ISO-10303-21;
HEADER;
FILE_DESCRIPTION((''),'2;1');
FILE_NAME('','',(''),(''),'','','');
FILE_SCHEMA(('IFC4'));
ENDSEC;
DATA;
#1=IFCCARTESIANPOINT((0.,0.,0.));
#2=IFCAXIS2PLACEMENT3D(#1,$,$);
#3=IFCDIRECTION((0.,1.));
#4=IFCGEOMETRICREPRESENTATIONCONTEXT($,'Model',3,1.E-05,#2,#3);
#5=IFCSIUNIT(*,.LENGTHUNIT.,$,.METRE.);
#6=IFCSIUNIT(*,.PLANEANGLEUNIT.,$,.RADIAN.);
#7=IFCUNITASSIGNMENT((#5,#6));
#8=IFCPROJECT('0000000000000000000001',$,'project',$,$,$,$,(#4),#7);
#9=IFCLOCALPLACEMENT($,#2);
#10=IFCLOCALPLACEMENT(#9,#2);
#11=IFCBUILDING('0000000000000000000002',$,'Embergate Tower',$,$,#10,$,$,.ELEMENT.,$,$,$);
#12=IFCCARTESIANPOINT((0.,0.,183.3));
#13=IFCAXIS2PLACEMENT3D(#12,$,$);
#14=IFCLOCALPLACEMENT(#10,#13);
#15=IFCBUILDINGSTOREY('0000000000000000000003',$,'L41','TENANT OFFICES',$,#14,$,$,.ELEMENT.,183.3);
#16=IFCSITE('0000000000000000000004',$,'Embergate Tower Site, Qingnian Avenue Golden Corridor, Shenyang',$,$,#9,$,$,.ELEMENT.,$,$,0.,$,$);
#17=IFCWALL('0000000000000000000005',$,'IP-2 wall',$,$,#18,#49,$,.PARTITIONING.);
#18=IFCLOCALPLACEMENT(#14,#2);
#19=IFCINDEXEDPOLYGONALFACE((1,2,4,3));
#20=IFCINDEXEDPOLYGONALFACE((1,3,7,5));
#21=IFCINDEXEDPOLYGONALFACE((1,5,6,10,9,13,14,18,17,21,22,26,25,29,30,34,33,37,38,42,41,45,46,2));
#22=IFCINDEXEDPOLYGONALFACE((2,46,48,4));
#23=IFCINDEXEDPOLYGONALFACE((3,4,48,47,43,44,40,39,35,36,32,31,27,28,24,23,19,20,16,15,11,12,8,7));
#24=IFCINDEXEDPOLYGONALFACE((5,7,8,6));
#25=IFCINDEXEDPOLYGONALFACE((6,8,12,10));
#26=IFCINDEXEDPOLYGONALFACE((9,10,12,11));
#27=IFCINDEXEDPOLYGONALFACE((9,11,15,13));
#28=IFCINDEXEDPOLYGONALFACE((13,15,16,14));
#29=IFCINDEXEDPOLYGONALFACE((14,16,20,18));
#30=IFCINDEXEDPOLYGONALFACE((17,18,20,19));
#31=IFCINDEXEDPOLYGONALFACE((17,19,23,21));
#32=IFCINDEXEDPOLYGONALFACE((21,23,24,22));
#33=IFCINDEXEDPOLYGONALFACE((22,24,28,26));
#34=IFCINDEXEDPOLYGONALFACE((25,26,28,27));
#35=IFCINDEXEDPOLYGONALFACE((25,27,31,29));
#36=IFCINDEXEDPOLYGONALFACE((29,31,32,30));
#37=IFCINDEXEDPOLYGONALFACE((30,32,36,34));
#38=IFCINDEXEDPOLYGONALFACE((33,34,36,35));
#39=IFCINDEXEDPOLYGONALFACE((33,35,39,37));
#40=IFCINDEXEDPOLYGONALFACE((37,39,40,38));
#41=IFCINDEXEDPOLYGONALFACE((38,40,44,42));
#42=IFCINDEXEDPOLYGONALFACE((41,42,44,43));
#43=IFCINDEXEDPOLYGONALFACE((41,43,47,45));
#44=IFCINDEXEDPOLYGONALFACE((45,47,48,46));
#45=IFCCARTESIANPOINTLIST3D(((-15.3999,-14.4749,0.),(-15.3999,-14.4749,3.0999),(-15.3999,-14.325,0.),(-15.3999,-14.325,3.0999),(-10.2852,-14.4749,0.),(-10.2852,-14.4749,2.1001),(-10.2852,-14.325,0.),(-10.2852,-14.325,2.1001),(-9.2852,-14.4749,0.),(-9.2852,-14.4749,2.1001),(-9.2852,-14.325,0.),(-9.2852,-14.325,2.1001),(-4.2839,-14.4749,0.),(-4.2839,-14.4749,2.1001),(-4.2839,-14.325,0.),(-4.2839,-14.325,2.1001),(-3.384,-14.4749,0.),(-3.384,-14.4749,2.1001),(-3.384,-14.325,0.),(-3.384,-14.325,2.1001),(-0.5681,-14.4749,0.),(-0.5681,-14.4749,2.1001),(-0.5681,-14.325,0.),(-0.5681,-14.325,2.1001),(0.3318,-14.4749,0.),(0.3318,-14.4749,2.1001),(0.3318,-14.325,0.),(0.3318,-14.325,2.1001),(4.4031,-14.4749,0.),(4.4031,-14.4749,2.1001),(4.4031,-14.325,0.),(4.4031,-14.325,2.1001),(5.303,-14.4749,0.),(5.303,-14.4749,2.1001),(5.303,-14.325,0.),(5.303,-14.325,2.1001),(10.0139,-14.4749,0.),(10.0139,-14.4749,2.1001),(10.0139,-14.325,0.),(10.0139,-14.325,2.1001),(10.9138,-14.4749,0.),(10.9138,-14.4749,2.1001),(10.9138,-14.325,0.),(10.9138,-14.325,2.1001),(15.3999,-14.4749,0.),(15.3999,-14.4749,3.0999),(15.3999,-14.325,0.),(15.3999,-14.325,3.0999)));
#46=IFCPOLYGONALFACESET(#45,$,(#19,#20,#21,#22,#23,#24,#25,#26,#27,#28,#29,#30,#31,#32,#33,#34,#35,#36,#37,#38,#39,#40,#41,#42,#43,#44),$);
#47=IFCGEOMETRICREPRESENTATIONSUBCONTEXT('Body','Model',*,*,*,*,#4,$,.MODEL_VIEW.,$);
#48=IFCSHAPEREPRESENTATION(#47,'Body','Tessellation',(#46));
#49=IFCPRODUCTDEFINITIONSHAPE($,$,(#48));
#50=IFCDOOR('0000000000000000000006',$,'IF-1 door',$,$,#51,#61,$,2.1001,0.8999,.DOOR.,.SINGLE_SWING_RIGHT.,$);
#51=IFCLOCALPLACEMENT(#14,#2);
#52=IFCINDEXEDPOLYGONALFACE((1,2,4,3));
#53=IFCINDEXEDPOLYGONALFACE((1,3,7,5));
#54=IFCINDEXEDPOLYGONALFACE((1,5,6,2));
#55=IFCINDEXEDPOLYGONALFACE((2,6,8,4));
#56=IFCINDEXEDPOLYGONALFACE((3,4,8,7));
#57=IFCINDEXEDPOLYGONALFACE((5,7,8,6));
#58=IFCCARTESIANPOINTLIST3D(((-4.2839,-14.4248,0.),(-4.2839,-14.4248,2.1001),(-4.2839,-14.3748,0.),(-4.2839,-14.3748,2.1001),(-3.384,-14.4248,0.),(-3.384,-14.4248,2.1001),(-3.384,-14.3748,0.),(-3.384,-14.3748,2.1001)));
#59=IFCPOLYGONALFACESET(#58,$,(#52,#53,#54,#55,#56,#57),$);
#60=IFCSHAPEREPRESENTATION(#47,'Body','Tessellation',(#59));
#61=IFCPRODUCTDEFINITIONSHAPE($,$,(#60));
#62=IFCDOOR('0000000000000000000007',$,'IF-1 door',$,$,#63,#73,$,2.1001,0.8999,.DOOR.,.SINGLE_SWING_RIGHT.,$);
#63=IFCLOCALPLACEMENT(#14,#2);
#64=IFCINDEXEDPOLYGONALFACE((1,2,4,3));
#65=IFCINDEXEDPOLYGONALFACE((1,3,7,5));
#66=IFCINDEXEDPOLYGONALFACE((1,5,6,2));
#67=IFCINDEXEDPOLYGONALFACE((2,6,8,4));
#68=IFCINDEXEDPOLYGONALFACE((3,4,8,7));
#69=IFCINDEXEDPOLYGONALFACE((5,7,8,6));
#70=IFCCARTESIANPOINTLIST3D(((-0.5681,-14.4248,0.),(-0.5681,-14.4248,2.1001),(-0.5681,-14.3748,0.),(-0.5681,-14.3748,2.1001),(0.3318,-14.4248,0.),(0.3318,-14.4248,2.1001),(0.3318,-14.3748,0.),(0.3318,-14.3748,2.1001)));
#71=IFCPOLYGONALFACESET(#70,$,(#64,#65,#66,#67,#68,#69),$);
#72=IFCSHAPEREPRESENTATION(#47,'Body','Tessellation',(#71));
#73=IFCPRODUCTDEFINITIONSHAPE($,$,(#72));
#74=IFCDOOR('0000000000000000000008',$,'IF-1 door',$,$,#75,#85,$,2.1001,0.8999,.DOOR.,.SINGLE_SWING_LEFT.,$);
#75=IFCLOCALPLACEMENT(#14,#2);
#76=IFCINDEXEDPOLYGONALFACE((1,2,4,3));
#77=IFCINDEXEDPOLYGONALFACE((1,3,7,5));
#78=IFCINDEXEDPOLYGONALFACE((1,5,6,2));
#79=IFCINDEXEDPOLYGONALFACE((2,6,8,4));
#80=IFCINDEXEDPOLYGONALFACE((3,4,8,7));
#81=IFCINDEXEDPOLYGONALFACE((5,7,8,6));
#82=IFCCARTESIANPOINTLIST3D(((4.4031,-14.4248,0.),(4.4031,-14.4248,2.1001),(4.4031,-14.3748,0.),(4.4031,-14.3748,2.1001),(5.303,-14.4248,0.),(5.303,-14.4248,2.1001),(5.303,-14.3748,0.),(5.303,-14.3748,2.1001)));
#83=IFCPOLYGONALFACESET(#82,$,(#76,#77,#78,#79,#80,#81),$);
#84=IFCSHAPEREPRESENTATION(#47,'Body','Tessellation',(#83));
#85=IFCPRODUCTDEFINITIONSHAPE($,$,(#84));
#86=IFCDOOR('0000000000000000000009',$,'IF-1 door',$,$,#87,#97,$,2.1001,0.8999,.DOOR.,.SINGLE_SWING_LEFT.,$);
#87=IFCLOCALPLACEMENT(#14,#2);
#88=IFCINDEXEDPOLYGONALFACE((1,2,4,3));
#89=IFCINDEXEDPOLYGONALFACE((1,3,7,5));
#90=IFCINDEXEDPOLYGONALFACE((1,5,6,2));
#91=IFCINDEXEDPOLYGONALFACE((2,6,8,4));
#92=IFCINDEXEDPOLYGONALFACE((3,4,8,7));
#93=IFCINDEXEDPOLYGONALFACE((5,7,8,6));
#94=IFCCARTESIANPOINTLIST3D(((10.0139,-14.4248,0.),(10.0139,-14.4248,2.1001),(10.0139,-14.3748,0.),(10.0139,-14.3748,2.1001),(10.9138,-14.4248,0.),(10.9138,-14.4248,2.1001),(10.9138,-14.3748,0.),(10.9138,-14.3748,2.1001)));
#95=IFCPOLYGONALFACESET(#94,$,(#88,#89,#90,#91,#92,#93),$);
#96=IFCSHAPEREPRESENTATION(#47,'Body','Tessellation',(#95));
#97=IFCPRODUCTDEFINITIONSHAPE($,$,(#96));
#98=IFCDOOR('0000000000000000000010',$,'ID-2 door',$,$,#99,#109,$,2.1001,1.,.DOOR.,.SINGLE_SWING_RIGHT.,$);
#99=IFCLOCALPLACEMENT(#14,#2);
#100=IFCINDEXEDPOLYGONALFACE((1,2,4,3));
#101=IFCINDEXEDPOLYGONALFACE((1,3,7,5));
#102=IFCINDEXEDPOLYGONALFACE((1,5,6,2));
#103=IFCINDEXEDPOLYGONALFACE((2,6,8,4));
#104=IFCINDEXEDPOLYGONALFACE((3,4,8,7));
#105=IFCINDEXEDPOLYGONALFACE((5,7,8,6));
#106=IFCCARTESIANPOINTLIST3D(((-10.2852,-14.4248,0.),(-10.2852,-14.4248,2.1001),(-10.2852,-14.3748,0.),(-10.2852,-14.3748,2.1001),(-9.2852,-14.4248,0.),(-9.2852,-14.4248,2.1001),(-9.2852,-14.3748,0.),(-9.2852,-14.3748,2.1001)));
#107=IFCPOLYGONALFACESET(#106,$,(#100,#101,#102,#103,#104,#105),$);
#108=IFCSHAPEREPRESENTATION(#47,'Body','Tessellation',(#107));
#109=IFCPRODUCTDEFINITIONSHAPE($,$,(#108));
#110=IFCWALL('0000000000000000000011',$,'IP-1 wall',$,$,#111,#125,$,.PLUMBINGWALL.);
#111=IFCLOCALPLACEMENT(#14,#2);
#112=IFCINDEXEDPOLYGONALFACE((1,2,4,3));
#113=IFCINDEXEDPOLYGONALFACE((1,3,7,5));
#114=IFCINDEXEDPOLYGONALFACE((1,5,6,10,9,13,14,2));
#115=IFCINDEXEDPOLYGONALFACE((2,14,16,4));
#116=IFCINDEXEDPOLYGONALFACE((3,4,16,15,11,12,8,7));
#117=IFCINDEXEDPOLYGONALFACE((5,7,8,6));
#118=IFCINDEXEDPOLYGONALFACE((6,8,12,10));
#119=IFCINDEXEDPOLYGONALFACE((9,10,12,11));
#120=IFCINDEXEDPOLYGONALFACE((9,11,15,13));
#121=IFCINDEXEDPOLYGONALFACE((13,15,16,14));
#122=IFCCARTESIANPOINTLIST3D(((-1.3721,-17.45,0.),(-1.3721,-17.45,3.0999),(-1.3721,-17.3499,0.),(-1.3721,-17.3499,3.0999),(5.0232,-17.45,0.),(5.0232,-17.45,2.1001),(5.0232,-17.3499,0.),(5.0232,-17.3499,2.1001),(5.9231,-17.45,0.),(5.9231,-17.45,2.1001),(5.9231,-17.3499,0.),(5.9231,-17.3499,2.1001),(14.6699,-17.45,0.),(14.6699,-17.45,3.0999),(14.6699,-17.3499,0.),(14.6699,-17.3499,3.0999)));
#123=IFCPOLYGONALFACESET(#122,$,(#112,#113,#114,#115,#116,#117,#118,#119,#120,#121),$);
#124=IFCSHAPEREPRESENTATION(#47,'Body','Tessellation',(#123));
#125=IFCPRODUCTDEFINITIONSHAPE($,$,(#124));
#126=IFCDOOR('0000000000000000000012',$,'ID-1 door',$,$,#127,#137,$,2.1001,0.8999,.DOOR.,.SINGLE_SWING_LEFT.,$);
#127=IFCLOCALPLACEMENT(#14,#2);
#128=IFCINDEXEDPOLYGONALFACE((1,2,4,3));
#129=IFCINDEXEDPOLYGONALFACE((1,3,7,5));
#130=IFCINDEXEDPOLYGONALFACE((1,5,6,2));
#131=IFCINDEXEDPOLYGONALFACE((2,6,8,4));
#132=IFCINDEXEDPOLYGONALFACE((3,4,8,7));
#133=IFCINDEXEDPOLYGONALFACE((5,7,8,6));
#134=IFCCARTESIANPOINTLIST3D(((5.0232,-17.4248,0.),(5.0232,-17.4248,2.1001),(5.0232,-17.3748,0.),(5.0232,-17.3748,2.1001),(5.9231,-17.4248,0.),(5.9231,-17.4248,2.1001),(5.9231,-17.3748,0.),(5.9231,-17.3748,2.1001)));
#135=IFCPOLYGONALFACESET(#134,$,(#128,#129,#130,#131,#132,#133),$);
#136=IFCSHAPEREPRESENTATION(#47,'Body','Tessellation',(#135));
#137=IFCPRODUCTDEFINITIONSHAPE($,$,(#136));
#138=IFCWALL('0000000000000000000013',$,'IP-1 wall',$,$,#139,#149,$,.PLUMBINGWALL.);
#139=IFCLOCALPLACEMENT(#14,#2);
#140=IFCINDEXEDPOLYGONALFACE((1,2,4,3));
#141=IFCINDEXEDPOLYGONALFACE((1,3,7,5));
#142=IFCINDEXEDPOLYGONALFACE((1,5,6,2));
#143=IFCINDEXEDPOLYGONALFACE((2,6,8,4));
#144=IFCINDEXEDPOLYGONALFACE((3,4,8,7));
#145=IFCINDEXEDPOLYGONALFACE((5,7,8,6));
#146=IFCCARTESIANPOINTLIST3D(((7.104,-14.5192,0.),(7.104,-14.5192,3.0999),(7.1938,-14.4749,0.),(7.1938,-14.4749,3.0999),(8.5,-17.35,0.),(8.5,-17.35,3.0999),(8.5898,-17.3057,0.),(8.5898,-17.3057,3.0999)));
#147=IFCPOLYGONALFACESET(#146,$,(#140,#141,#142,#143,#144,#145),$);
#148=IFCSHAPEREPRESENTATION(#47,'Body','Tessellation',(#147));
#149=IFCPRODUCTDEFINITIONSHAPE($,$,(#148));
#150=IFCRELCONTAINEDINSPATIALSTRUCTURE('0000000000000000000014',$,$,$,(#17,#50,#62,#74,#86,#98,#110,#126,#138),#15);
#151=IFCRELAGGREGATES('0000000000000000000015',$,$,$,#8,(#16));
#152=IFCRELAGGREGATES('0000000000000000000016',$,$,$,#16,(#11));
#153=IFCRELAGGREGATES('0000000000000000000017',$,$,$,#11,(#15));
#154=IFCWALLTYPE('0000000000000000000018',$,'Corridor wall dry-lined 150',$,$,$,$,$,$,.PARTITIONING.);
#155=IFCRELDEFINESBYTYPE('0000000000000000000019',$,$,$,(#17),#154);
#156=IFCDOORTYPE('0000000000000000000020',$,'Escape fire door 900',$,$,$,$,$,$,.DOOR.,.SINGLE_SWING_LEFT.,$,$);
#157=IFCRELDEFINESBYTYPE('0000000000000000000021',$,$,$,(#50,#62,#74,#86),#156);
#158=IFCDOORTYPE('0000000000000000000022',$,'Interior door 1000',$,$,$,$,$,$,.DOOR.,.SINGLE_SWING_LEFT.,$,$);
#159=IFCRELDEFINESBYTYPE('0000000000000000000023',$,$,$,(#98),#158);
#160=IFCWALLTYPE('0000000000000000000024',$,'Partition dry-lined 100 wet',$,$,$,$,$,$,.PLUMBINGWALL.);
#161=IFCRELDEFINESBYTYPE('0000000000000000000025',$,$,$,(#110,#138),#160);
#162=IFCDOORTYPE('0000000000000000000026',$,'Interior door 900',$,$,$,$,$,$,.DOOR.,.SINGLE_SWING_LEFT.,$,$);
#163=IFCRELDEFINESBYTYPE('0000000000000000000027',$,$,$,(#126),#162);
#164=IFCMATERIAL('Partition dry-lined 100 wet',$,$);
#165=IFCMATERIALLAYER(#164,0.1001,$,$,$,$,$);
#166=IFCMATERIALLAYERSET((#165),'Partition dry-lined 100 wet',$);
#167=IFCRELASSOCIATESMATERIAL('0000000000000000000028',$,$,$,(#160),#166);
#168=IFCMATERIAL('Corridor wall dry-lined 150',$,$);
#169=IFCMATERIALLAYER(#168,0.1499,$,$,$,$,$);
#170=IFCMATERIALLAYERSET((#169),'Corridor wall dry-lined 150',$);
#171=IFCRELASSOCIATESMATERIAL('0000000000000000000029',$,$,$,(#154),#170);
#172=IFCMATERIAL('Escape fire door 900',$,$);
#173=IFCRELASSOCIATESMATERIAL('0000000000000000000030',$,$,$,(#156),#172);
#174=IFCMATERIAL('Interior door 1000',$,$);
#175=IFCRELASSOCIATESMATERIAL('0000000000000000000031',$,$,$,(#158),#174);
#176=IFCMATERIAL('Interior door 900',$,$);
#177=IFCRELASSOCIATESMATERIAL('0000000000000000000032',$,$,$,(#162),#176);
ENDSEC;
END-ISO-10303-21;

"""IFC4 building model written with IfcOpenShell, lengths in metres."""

from ifc_helpers import new_model, si_unit, direction, frame, frame_2d, origin, place, context, subcontext, project, spatial, rectangle, extrude, source, transform, mapped, material, layer, layer_set, type_object, element, fill, save


model = new_model("IFC4")

# Units and contexts
model_context = context("Model", 3, precision=1e-05, world=origin(), true_north=direction((0.0, 1.0)))
body_context = subcontext(model_context, "Body", "Model", "MODEL_VIEW")
ifc_project = project(units=[si_unit("LENGTHUNIT", "METRE"), si_unit("PLANEANGLEUNIT", "RADIAN")], contexts=[model_context])

# Site, building, storey
site_placement = place(None, origin())
site = spatial("IfcSite", under=ifc_project, at=site_placement, Name="Embergate Tower Site, Qingnian Avenue Golden Corridor, Shenyang", CompositionType="ELEMENT", RefElevation=0.0)
building_placement = place(site_placement, origin())
building = spatial("IfcBuilding", under=site, at=building_placement, Name="Embergate Tower", CompositionType="ELEMENT")
storey_placement = place(building_placement, frame((0.0, 0.0, 183.3)))
storey = spatial("IfcBuildingStorey", under=building, at=storey_placement, Name="L41", Description="TENANT OFFICES", CompositionType="ELEMENT", Elevation=183.3)

# Shared definitions
shared_shape_1 = source(origin(), body_context, "Body", "SweptSolid", [
    extrude(rectangle(XDim=1.0, YDim=2.1001, at=frame_2d((0.5, 1.05))), frame((0.0, 0.0249, 0.0), z_axis=(0.0, -1.0, 0.0), x_axis=(1.0, 0.0, 0.0)), (0.0, 0.0, 1.0), 0.05),
])

# Shared definitions
ifc_material_1 = material(Name="Partition dry-lined 100 wet")
ifc_layer_1 = layer(ifc_material_1, 0.1001)
ifc_layer_set_1 = layer_set([ifc_layer_1], Name="Partition dry-lined 100 wet")
wall_type_1 = type_object("IfcWallType", Name="Partition dry-lined 100 wet", PredefinedType="PLUMBINGWALL", material=ifc_layer_set_1)

# Wall, openings, doors
ifc_material_2 = material(Name="Corridor wall dry-lined 150")
ifc_layer_2 = layer(ifc_material_2, 0.1499)
ifc_layer_set_2 = layer_set([ifc_layer_2], Name="Corridor wall dry-lined 150")
wall_type_2 = type_object("IfcWallType", Name="Corridor wall dry-lined 150", PredefinedType="PARTITIONING", material=ifc_layer_set_2)
shared_shape_2 = source(origin(), body_context, "Body", "SweptSolid", [
    extrude(rectangle(XDim=30.7998, YDim=0.1499, at=frame_2d((15.3999, 0.0))), origin(), (0.0, 0.0, 1.0), 3.0999),
])
wall_1_placement = place(storey_placement, frame((15.3999, -14.3999, 0.0), z_axis=(0.0, 0.0, 1.0), x_axis=(-1.0, 0.0, 0.0)))
wall_1 = element("IfcWall", 1, at=wall_1_placement, inside=storey, type_object=wall_type_2, Name="IP-2 wall", PredefinedType="PARTITIONING", context=body_context, shape_type="MappedRepresentation", body=[
    mapped(shared_shape_2, transform((0.0, 0.0, 0.0))),
])
shared_shape_3 = source(origin(), body_context, "Body", "SweptSolid", [
    extrude(rectangle(XDim=1.0, YDim=2.1001, at=frame_2d((0.5, 1.05))), frame((0.0, 0.085, 0.0), z_axis=(0.0, -1.0, 0.0), x_axis=(1.0, 0.0, 0.0)), (0.0, 0.0, 1.0), 0.1699),
])
opening_1_placement = place(wall_1_placement, frame((24.6851, 0.0, 0.0)))
opening_1 = element("IfcOpeningElement", 2, at=opening_1_placement, cuts=wall_1, PredefinedType="OPENING", context=body_context, shape_type="MappedRepresentation", body=[
    mapped(shared_shape_3, transform((0.0, 0.0, 0.0))),
])
shared_shape_4 = source(origin(), body_context, "Body", "SweptSolid", [
    extrude(rectangle(XDim=0.8999, YDim=2.1001, at=frame_2d((0.45, 1.05))), frame((0.0, 0.085, 0.0), z_axis=(0.0, -1.0, 0.0), x_axis=(1.0, 0.0, 0.0)), (0.0, 0.0, 1.0), 0.1699),
])
opening_2_placement = place(wall_1_placement, frame((18.7839, 0.0, 0.0)))
opening_2 = element("IfcOpeningElement", 3, at=opening_2_placement, cuts=wall_1, PredefinedType="OPENING", context=body_context, shape_type="MappedRepresentation", body=[
    mapped(shared_shape_4, transform((0.0, 0.0, 0.0))),
])
opening_3_placement = place(wall_1_placement, frame((15.0681, 0.0, 0.0)))
opening_3 = element("IfcOpeningElement", 4, at=opening_3_placement, cuts=wall_1, PredefinedType="OPENING", context=body_context, shape_type="MappedRepresentation", body=[
    mapped(shared_shape_4, transform((0.0, 0.0, 0.0))),
])
opening_4_placement = place(wall_1_placement, frame((10.0969, 0.0, 0.0)))
opening_4 = element("IfcOpeningElement", 5, at=opening_4_placement, cuts=wall_1, PredefinedType="OPENING", context=body_context, shape_type="MappedRepresentation", body=[
    mapped(shared_shape_4, transform((0.0, 0.0, 0.0))),
])
opening_5_placement = place(wall_1_placement, frame((4.4861, 0.0, 0.0)))
opening_5 = element("IfcOpeningElement", 6, at=opening_5_placement, cuts=wall_1, PredefinedType="OPENING", context=body_context, shape_type="MappedRepresentation", body=[
    mapped(shared_shape_4, transform((0.0, 0.0, 0.0))),
])
ifc_material_3 = material(Name="Escape fire door 900")
door_type_1 = type_object("IfcDoorType", Name="Escape fire door 900", OperationType="SINGLE_SWING_LEFT", PredefinedType="DOOR", material=ifc_material_3)
shared_shape_5 = source(origin(), body_context, "Body", "SweptSolid", [
    extrude(rectangle(XDim=0.8999, YDim=2.1001, at=frame_2d((0.45, 1.05))), frame((0.0, 0.0249, 0.0), z_axis=(0.0, -1.0, 0.0), x_axis=(1.0, 0.0, 0.0)), (0.0, 0.0, 1.0), 0.05),
])
door_1_placement = place(opening_2_placement, origin())
door_1 = element("IfcDoor", 7, at=door_1_placement, inside=storey, type_object=door_type_1, Name="IF-1 door", OperationType="SINGLE_SWING_RIGHT", OverallHeight=2.1001, OverallWidth=0.8999, PredefinedType="DOOR", context=body_context, shape_type="MappedRepresentation", body=[
    mapped(shared_shape_5, transform((0.0, 0.0, 0.0))),
])
fill(opening_2, door_1)
door_2_placement = place(opening_3_placement, origin())
door_2 = element("IfcDoor", 8, at=door_2_placement, inside=storey, type_object=door_type_1, Name="IF-1 door", OperationType="SINGLE_SWING_RIGHT", OverallHeight=2.1001, OverallWidth=0.8999, PredefinedType="DOOR", context=body_context, shape_type="MappedRepresentation", body=[
    mapped(shared_shape_5, transform((0.0, 0.0, 0.0))),
])
fill(opening_3, door_2)
door_3_placement = place(opening_4_placement, origin())
door_3 = element("IfcDoor", 9, at=door_3_placement, inside=storey, type_object=door_type_1, Name="IF-1 door", OperationType="SINGLE_SWING_LEFT", OverallHeight=2.1001, OverallWidth=0.8999, PredefinedType="DOOR", context=body_context, shape_type="MappedRepresentation", body=[
    mapped(shared_shape_5, transform((0.0, 0.0, 0.0))),
])
fill(opening_4, door_3)
door_4_placement = place(opening_5_placement, origin())
door_4 = element("IfcDoor", 10, at=door_4_placement, inside=storey, type_object=door_type_1, Name="IF-1 door", OperationType="SINGLE_SWING_LEFT", OverallHeight=2.1001, OverallWidth=0.8999, PredefinedType="DOOR", context=body_context, shape_type="MappedRepresentation", body=[
    mapped(shared_shape_5, transform((0.0, 0.0, 0.0))),
])
fill(opening_5, door_4)
ifc_material_4 = material(Name="Interior door 1000")
door_type_2 = type_object("IfcDoorType", Name="Interior door 1000", OperationType="SINGLE_SWING_LEFT", PredefinedType="DOOR", material=ifc_material_4)
door_5_placement = place(opening_1_placement, origin())
door_5 = element("IfcDoor", 11, at=door_5_placement, inside=storey, type_object=door_type_2, Name="ID-2 door", OperationType="SINGLE_SWING_RIGHT", OverallHeight=2.1001, OverallWidth=1.0, PredefinedType="DOOR", context=body_context, shape_type="MappedRepresentation", body=[
    mapped(shared_shape_1, transform((0.0, 0.0, 0.0))),
])
fill(opening_1, door_5)

# Wall, opening, door
shared_shape_6 = source(origin(), body_context, "Body", "SweptSolid", [
    extrude(rectangle(XDim=16.042, YDim=0.1001, at=frame_2d((8.021, 0.0))), origin(), (0.0, 0.0, 1.0), 3.0999),
])
wall_2_placement = place(storey_placement, frame((14.6699, -17.3999, 0.0), z_axis=(0.0, 0.0, 1.0), x_axis=(-1.0, 0.0, 0.0)))
wall_2 = element("IfcWall", 12, at=wall_2_placement, inside=storey, type_object=wall_type_1, Name="IP-1 wall", PredefinedType="PLUMBINGWALL", context=body_context, shape_type="MappedRepresentation", body=[
    mapped(shared_shape_6, transform((0.0, 0.0, 0.0))),
])
shared_shape_7 = source(origin(), body_context, "Body", "SweptSolid", [
    extrude(rectangle(XDim=0.8999, YDim=2.1001, at=frame_2d((0.45, 1.05))), frame((0.0, 0.0601, 0.0), z_axis=(0.0, -1.0, 0.0), x_axis=(1.0, 0.0, 0.0)), (0.0, 0.0, 1.0), 0.1201),
])
opening_6_placement = place(wall_2_placement, frame((8.7468, 0.0, 0.0)))
opening_6 = element("IfcOpeningElement", 13, at=opening_6_placement, cuts=wall_2, PredefinedType="OPENING", context=body_context, shape_type="MappedRepresentation", body=[
    mapped(shared_shape_7, transform((0.0, 0.0, 0.0))),
])
ifc_material_5 = material(Name="Interior door 900")
door_type_3 = type_object("IfcDoorType", Name="Interior door 900", OperationType="SINGLE_SWING_LEFT", PredefinedType="DOOR", material=ifc_material_5)
door_6_placement = place(opening_6_placement, origin())
door_6 = element("IfcDoor", 14, at=door_6_placement, inside=storey, type_object=door_type_3, Name="ID-1 door", OperationType="SINGLE_SWING_LEFT", OverallHeight=2.1001, OverallWidth=0.8999, PredefinedType="DOOR", context=body_context, shape_type="MappedRepresentation", body=[
    mapped(shared_shape_5, transform((0.0, 0.0, 0.0))),
])
fill(opening_6, door_6)

# Wall
shared_shape_8 = source(origin(), body_context, "Body", "SweptSolid", [
    extrude(rectangle(XDim=3.1562, YDim=0.1001, at=frame_2d((1.5781, 0.0))), origin(), (0.0, 0.0, 1.0), 3.0999),
])
wall_3_placement = place(storey_placement, frame((7.1489, -14.4971, 0.0), z_axis=(0.0, 0.0, 1.0), x_axis=(0.442287, -0.896873, 0.0)))
element("IfcWall", 15, at=wall_3_placement, inside=storey, type_object=wall_type_1, Name="IP-1 wall", PredefinedType="PLUMBINGWALL", context=body_context, shape_type="MappedRepresentation", body=[
    mapped(shared_shape_8, transform((0.0, 0.0, 0.0))),
])

save(model, "model.ifc")
